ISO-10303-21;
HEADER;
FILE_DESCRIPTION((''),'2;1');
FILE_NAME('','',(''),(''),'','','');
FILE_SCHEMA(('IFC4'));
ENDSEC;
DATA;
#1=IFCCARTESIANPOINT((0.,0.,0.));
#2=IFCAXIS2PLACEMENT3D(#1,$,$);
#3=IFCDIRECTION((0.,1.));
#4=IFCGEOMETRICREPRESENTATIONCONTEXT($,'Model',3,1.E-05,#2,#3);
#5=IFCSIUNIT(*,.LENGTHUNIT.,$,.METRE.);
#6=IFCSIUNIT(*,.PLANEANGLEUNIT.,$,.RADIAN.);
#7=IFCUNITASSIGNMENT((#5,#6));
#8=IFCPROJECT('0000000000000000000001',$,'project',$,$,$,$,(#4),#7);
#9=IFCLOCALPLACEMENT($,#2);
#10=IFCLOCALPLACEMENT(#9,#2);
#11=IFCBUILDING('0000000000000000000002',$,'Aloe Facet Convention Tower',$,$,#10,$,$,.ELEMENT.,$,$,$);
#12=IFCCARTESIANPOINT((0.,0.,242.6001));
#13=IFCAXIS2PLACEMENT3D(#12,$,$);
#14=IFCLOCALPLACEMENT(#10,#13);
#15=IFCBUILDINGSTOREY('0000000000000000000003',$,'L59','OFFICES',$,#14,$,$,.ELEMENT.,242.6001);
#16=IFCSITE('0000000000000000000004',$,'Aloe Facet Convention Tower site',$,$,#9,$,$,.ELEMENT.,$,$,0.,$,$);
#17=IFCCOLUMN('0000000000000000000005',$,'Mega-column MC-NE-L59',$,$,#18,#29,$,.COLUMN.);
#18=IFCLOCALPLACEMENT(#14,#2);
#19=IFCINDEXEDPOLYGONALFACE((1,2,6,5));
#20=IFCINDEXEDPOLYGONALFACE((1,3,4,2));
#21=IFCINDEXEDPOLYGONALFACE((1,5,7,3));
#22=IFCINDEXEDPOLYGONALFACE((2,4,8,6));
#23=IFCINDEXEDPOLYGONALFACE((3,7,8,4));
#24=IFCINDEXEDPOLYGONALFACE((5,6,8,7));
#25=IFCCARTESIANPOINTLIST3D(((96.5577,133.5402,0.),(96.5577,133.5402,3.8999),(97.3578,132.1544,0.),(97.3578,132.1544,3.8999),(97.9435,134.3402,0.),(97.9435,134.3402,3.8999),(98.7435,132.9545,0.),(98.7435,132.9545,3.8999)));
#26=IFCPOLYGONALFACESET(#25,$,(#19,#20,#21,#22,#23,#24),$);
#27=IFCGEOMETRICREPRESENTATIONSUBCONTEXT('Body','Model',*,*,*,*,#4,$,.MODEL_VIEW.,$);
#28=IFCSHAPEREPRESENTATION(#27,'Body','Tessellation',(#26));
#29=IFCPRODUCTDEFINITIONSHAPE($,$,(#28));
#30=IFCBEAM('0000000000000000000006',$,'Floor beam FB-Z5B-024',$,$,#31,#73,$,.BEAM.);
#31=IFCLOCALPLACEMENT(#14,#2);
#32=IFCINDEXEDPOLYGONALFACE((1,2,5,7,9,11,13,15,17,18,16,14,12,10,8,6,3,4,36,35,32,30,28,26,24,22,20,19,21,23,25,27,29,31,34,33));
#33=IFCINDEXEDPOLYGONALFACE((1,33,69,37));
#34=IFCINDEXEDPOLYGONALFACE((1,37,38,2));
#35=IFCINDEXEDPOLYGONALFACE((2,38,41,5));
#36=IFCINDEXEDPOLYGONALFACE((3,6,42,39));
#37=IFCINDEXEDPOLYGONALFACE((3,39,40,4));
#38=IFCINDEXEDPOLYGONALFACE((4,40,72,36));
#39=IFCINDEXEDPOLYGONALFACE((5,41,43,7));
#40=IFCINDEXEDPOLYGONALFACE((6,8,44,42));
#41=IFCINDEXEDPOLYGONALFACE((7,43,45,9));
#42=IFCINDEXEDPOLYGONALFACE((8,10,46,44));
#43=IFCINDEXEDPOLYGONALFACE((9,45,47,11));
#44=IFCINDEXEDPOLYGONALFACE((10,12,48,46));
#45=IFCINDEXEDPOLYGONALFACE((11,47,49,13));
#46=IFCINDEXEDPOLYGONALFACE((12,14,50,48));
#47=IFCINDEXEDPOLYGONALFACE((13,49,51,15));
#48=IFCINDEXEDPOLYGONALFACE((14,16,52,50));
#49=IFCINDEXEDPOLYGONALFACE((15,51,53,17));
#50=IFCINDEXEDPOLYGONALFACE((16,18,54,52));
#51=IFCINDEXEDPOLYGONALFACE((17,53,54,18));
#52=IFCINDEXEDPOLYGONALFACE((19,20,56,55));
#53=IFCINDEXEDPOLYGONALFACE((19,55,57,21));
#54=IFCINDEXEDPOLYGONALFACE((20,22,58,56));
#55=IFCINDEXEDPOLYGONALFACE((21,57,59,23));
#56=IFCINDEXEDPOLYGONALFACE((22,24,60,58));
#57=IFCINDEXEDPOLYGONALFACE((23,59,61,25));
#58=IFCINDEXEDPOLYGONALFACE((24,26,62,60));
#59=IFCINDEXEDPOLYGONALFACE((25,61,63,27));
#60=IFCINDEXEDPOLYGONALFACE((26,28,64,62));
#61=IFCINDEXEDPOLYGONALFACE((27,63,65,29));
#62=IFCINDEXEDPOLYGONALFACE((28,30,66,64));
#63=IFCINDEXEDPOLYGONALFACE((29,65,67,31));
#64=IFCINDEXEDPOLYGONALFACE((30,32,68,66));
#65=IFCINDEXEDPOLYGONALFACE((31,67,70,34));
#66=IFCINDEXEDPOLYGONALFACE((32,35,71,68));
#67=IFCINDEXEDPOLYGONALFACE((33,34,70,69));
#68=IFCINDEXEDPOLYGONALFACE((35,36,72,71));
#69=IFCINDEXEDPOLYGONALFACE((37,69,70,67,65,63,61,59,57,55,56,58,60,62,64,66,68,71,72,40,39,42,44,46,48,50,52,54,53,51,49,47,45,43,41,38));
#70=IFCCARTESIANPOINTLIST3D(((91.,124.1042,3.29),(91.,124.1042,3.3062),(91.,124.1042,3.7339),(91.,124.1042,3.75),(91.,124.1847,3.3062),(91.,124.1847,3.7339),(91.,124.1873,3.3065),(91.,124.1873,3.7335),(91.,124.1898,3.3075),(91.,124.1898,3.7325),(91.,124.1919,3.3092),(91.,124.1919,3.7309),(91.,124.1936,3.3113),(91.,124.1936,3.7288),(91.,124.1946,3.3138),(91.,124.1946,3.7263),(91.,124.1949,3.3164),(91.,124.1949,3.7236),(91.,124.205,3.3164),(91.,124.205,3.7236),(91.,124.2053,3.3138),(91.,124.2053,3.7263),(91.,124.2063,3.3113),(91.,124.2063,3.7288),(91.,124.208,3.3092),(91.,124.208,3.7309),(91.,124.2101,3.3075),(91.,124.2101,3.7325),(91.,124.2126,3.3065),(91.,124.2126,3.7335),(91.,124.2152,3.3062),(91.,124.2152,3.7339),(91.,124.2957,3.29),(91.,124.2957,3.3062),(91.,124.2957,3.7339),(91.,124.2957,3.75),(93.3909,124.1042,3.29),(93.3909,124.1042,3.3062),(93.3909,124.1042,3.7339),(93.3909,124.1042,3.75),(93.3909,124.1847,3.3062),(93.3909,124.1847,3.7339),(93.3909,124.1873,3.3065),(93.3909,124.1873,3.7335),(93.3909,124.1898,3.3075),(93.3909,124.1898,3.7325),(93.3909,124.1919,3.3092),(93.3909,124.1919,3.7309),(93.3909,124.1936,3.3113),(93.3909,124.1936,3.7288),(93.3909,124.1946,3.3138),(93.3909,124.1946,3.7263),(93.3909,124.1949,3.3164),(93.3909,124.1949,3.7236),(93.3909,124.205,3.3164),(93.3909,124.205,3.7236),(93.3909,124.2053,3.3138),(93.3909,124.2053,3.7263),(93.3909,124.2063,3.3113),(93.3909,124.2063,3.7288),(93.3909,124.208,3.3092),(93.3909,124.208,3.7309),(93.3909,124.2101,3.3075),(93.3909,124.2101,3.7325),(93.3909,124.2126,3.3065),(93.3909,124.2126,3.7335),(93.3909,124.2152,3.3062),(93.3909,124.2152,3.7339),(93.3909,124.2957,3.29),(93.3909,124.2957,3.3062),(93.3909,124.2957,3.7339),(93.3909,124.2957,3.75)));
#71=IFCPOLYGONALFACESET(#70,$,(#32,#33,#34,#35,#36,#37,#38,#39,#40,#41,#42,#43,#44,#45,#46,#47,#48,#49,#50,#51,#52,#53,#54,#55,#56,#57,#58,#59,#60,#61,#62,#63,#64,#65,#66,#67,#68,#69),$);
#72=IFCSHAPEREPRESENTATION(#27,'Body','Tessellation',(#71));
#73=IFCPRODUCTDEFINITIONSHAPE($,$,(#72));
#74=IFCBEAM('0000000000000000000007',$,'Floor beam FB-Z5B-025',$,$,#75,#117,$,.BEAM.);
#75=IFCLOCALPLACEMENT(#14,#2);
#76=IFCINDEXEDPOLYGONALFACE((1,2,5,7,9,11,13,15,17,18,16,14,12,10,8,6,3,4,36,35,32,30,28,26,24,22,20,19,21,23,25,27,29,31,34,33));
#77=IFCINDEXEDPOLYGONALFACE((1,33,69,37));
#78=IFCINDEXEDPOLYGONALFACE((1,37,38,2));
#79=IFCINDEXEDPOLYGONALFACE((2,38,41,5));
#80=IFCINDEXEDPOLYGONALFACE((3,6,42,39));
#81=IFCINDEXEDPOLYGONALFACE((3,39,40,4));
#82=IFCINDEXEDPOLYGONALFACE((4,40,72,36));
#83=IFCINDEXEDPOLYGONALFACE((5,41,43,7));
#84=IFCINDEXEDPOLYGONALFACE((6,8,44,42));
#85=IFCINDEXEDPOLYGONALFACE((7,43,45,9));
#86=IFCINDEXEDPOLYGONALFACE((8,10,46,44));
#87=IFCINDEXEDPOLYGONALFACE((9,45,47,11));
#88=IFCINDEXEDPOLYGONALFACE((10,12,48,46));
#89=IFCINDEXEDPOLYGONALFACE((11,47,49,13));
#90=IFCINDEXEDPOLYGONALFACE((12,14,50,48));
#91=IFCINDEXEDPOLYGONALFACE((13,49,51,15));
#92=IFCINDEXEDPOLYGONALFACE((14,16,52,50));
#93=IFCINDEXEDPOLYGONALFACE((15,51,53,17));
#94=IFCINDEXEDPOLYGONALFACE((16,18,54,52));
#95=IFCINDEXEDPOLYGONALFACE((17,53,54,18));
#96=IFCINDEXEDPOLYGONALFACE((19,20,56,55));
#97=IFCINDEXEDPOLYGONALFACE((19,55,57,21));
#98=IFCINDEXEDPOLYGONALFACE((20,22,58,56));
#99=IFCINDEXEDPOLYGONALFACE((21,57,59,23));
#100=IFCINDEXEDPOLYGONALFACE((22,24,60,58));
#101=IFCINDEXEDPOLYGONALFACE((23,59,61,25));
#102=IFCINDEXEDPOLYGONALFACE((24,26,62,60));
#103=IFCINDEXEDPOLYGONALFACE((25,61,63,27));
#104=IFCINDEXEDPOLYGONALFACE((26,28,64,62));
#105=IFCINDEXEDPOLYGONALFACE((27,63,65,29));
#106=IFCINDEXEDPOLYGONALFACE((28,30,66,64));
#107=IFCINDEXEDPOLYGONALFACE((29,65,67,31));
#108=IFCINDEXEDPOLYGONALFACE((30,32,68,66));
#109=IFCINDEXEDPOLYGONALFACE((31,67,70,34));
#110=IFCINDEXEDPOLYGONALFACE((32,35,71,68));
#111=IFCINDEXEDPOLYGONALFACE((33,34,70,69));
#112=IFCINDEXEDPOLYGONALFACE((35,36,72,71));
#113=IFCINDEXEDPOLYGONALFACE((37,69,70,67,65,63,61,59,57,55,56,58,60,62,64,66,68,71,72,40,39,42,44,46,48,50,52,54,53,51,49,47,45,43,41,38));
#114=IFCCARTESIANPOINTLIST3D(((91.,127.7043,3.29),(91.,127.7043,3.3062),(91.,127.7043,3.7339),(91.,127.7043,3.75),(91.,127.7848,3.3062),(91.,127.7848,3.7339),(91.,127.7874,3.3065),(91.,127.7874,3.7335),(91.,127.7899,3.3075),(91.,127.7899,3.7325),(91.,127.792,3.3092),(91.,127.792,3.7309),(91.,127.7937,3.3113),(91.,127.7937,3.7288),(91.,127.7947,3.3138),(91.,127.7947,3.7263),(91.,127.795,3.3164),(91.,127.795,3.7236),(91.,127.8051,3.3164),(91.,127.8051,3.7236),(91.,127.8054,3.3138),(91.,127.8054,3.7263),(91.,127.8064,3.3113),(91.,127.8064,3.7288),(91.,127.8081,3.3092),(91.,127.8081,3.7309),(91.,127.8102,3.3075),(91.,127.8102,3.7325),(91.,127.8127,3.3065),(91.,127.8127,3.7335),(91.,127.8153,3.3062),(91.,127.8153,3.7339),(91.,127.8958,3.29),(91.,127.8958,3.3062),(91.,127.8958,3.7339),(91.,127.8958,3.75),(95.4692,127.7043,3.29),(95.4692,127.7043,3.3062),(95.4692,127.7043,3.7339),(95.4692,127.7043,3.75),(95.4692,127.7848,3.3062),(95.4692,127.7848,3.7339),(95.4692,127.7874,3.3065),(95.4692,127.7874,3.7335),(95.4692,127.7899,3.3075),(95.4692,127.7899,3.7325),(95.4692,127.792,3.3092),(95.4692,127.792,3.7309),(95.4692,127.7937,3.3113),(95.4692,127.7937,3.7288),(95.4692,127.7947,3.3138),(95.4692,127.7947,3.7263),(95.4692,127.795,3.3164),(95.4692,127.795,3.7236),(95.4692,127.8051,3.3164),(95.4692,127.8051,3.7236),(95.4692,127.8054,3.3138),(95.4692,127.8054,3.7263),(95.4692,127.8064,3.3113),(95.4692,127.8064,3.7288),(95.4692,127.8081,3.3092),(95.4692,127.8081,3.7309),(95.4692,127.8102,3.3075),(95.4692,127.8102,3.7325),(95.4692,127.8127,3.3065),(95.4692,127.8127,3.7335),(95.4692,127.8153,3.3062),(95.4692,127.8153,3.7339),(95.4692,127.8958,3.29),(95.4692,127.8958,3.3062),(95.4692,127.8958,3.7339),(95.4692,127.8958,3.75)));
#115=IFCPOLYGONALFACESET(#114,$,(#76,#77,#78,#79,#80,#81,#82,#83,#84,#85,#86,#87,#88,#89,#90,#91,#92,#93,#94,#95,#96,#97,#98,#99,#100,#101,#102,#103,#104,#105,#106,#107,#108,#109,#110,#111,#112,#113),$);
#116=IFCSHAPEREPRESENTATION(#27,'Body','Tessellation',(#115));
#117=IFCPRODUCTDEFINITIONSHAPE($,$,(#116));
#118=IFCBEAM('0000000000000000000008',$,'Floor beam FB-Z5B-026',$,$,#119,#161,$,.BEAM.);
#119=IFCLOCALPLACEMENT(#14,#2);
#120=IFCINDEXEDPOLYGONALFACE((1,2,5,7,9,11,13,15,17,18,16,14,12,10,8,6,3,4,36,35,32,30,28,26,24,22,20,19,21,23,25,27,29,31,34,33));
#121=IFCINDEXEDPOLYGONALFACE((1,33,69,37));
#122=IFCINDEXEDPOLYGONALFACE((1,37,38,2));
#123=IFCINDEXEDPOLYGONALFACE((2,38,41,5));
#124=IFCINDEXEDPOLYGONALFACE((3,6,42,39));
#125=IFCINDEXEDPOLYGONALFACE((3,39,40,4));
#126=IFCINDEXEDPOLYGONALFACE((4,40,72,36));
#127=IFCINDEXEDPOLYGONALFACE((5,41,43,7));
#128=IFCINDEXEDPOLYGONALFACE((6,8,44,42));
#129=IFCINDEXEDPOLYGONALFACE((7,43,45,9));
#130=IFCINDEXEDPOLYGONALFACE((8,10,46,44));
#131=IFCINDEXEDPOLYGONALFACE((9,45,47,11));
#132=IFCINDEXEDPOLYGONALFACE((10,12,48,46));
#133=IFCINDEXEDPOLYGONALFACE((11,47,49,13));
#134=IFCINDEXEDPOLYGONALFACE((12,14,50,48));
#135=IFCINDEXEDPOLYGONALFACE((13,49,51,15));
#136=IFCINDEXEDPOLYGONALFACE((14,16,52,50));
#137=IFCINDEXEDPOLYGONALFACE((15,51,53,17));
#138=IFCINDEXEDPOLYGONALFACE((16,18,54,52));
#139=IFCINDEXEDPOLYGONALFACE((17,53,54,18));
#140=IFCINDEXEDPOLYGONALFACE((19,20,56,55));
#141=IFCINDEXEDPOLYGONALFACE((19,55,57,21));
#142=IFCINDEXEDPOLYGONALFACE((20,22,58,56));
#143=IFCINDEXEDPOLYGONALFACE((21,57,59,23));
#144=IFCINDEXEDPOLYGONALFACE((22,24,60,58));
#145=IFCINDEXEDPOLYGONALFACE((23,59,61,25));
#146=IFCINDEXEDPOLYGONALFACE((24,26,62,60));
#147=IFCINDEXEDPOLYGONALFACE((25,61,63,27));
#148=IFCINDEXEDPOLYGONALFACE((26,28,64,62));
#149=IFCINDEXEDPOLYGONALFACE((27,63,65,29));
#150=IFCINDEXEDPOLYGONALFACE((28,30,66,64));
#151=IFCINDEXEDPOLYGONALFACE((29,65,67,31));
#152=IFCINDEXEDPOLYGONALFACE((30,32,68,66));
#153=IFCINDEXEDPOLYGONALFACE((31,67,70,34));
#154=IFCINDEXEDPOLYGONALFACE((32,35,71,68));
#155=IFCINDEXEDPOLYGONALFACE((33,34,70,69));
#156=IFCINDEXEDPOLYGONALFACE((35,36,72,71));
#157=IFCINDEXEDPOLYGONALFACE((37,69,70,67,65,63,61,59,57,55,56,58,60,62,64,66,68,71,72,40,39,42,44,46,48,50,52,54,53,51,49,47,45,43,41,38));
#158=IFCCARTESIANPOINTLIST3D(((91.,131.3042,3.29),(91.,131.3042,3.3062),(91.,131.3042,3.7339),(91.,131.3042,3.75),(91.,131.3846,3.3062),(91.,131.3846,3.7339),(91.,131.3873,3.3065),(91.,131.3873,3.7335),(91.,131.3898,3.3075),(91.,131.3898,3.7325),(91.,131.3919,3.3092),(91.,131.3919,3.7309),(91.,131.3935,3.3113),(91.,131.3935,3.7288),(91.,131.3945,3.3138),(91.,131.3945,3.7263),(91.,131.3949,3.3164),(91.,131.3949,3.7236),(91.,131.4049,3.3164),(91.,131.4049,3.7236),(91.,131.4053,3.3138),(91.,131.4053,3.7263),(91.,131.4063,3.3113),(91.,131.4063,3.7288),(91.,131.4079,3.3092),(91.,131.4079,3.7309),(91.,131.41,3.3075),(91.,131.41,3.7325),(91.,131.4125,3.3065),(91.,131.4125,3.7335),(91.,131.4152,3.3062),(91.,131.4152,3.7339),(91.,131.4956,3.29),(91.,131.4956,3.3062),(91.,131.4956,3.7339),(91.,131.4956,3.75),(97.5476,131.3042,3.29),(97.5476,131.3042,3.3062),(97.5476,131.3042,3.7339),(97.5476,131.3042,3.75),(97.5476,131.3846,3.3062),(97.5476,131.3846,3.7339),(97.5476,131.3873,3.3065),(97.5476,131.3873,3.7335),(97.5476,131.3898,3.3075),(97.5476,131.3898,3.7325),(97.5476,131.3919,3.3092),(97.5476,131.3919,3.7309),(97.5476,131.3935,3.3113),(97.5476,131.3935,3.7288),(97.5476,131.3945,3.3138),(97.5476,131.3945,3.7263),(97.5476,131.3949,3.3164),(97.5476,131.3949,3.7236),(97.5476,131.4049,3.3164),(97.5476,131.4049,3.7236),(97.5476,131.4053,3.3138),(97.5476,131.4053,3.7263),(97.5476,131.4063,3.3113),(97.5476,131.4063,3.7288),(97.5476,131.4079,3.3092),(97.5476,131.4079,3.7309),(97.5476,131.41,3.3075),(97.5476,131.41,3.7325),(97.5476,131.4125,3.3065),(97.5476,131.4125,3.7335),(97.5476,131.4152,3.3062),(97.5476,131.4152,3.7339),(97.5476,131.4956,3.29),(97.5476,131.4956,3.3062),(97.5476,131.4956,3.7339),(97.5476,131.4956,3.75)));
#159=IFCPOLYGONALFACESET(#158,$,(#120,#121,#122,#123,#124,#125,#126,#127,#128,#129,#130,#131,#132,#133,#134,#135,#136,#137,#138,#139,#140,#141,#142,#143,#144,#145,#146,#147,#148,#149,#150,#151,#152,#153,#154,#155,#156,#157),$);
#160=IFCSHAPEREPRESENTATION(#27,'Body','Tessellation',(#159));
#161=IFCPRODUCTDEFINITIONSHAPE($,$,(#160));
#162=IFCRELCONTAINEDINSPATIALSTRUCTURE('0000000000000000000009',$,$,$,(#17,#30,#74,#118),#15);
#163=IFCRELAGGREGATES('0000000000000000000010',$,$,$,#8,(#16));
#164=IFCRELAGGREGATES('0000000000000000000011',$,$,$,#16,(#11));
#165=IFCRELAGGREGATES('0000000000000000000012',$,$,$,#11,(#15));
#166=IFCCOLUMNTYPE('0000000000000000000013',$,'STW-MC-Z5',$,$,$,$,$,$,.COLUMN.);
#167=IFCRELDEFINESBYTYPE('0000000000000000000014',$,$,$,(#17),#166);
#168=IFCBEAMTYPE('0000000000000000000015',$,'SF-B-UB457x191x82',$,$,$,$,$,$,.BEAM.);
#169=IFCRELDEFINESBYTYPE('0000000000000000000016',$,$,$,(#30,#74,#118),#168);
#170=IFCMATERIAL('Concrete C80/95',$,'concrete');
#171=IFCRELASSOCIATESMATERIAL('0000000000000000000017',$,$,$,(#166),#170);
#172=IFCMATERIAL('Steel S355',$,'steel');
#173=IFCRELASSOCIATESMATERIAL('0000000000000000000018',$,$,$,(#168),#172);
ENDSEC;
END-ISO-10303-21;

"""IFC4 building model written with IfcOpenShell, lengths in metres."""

from ifc_helpers import new_model, si_unit, direction, frame, origin, origin_2d, place, context, subcontext, project, spatial, rectangle, i_section, extrude, material, material_profile, profile_set, type_object, element, save


model = new_model("IFC4")

# Units and contexts
model_context = context("Model", 3, precision=1e-05, world=origin(), true_north=direction((0.0, 1.0)))
body_context = subcontext(model_context, "Body", "Model", "MODEL_VIEW")
ifc_project = project(units=[si_unit("LENGTHUNIT", "METRE"), si_unit("PLANEANGLEUNIT", "RADIAN")], contexts=[model_context])

# Site, building, storey
site_placement = place(None, origin())
site = spatial("IfcSite", under=ifc_project, at=site_placement, Name="Aloe Facet Convention Tower site", CompositionType="ELEMENT", RefElevation=0.0)
building_placement = place(site_placement, origin())
building = spatial("IfcBuilding", under=site, at=building_placement, Name="Aloe Facet Convention Tower", CompositionType="ELEMENT")
storey_placement = place(building_placement, frame((0.0, 0.0, 242.6001)))
storey = spatial("IfcBuildingStorey", under=building, at=storey_placement, Name="L59", Description="OFFICES", CompositionType="ELEMENT", Elevation=242.6001)

# Column
ifc_material_1 = material(Name="Concrete C80/95", Category="concrete")
ifc_material_profile_1 = material_profile(ifc_material_1, rectangle(XDim=1.6001, YDim=1.6001, at=origin_2d()), Name="STW-MC-Z5")
ifc_profile_set_1 = profile_set([ifc_material_profile_1], Name="Concrete C80/95")
column_type = type_object("IfcColumnType", Name="STW-MC-Z5", PredefinedType="COLUMN", material=ifc_profile_set_1)
column_placement = place(storey_placement, frame((97.6506, 133.2473, 0.0), z_axis=(0.0, 0.0, 1.0), x_axis=(-0.5, 0.866025, 0.0)))
element("IfcColumn", 1, at=column_placement, inside=storey, type_object=column_type, Name="Mega-column MC-NE-L59", PredefinedType="COLUMN", context=body_context, shape_type="SweptSolid", body=[
    extrude(rectangle(XDim=1.6001, YDim=1.6001, at=origin_2d()), origin(), (0.0, 0.0, 1.0), 3.8999),
])

# Beams
ifc_material_2 = material(Name="Steel S355", Category="steel")
ifc_material_profile_2 = material_profile(ifc_material_2, i_section(OverallWidth=0.1914, OverallDepth=0.46, WebThickness=0.01, FlangeThickness=0.0161, FilletRadius=0.0103, at=origin_2d()), Name="UB 457x191x82")
ifc_profile_set_2 = profile_set([ifc_material_profile_2], Name="Steel S355")
beam_type_1 = type_object("IfcBeamType", Name="SF-B-UB457x191x82", PredefinedType="BEAM", material=ifc_profile_set_2)
beam_1_placement = place(storey_placement, frame((91.0, 124.2, 3.52), z_axis=(1.0, 0.0, 0.0), x_axis=(0.0, 1.0, 0.0)))
element("IfcBeam", 2, at=beam_1_placement, inside=storey, type_object=beam_type_1, Name="Floor beam FB-Z5B-024", PredefinedType="BEAM", context=body_context, shape_type="SweptSolid", body=[
    extrude(i_section(OverallWidth=0.1914, OverallDepth=0.46, WebThickness=0.01, FlangeThickness=0.0161, FilletRadius=0.0103, at=origin_2d()), origin(), (0.0, 0.0, 1.0), 2.3909),
])
beam_2_placement = place(storey_placement, frame((91.0, 127.8, 3.52), z_axis=(1.0, 0.0, 0.0), x_axis=(0.0, 1.0, 0.0)))
element("IfcBeam", 3, at=beam_2_placement, inside=storey, type_object=beam_type_1, Name="Floor beam FB-Z5B-025", PredefinedType="BEAM", context=body_context, shape_type="SweptSolid", body=[
    extrude(i_section(OverallWidth=0.1914, OverallDepth=0.46, WebThickness=0.01, FlangeThickness=0.0161, FilletRadius=0.0103, at=origin_2d()), origin(), (0.0, 0.0, 1.0), 4.4692),
])
beam_3_placement = place(storey_placement, frame((91.0, 131.3999, 3.52), z_axis=(1.0, 0.0, 0.0), x_axis=(0.0, 1.0, 0.0)))
element("IfcBeam", 4, at=beam_3_placement, inside=storey, type_object=beam_type_1, Name="Floor beam FB-Z5B-026", PredefinedType="BEAM", context=body_context, shape_type="SweptSolid", body=[
    extrude(i_section(OverallWidth=0.1914, OverallDepth=0.46, WebThickness=0.01, FlangeThickness=0.0161, FilletRadius=0.0103, at=origin_2d()), origin(), (0.0, 0.0, 1.0), 6.5476),
])

save(model, "model.ifc")
